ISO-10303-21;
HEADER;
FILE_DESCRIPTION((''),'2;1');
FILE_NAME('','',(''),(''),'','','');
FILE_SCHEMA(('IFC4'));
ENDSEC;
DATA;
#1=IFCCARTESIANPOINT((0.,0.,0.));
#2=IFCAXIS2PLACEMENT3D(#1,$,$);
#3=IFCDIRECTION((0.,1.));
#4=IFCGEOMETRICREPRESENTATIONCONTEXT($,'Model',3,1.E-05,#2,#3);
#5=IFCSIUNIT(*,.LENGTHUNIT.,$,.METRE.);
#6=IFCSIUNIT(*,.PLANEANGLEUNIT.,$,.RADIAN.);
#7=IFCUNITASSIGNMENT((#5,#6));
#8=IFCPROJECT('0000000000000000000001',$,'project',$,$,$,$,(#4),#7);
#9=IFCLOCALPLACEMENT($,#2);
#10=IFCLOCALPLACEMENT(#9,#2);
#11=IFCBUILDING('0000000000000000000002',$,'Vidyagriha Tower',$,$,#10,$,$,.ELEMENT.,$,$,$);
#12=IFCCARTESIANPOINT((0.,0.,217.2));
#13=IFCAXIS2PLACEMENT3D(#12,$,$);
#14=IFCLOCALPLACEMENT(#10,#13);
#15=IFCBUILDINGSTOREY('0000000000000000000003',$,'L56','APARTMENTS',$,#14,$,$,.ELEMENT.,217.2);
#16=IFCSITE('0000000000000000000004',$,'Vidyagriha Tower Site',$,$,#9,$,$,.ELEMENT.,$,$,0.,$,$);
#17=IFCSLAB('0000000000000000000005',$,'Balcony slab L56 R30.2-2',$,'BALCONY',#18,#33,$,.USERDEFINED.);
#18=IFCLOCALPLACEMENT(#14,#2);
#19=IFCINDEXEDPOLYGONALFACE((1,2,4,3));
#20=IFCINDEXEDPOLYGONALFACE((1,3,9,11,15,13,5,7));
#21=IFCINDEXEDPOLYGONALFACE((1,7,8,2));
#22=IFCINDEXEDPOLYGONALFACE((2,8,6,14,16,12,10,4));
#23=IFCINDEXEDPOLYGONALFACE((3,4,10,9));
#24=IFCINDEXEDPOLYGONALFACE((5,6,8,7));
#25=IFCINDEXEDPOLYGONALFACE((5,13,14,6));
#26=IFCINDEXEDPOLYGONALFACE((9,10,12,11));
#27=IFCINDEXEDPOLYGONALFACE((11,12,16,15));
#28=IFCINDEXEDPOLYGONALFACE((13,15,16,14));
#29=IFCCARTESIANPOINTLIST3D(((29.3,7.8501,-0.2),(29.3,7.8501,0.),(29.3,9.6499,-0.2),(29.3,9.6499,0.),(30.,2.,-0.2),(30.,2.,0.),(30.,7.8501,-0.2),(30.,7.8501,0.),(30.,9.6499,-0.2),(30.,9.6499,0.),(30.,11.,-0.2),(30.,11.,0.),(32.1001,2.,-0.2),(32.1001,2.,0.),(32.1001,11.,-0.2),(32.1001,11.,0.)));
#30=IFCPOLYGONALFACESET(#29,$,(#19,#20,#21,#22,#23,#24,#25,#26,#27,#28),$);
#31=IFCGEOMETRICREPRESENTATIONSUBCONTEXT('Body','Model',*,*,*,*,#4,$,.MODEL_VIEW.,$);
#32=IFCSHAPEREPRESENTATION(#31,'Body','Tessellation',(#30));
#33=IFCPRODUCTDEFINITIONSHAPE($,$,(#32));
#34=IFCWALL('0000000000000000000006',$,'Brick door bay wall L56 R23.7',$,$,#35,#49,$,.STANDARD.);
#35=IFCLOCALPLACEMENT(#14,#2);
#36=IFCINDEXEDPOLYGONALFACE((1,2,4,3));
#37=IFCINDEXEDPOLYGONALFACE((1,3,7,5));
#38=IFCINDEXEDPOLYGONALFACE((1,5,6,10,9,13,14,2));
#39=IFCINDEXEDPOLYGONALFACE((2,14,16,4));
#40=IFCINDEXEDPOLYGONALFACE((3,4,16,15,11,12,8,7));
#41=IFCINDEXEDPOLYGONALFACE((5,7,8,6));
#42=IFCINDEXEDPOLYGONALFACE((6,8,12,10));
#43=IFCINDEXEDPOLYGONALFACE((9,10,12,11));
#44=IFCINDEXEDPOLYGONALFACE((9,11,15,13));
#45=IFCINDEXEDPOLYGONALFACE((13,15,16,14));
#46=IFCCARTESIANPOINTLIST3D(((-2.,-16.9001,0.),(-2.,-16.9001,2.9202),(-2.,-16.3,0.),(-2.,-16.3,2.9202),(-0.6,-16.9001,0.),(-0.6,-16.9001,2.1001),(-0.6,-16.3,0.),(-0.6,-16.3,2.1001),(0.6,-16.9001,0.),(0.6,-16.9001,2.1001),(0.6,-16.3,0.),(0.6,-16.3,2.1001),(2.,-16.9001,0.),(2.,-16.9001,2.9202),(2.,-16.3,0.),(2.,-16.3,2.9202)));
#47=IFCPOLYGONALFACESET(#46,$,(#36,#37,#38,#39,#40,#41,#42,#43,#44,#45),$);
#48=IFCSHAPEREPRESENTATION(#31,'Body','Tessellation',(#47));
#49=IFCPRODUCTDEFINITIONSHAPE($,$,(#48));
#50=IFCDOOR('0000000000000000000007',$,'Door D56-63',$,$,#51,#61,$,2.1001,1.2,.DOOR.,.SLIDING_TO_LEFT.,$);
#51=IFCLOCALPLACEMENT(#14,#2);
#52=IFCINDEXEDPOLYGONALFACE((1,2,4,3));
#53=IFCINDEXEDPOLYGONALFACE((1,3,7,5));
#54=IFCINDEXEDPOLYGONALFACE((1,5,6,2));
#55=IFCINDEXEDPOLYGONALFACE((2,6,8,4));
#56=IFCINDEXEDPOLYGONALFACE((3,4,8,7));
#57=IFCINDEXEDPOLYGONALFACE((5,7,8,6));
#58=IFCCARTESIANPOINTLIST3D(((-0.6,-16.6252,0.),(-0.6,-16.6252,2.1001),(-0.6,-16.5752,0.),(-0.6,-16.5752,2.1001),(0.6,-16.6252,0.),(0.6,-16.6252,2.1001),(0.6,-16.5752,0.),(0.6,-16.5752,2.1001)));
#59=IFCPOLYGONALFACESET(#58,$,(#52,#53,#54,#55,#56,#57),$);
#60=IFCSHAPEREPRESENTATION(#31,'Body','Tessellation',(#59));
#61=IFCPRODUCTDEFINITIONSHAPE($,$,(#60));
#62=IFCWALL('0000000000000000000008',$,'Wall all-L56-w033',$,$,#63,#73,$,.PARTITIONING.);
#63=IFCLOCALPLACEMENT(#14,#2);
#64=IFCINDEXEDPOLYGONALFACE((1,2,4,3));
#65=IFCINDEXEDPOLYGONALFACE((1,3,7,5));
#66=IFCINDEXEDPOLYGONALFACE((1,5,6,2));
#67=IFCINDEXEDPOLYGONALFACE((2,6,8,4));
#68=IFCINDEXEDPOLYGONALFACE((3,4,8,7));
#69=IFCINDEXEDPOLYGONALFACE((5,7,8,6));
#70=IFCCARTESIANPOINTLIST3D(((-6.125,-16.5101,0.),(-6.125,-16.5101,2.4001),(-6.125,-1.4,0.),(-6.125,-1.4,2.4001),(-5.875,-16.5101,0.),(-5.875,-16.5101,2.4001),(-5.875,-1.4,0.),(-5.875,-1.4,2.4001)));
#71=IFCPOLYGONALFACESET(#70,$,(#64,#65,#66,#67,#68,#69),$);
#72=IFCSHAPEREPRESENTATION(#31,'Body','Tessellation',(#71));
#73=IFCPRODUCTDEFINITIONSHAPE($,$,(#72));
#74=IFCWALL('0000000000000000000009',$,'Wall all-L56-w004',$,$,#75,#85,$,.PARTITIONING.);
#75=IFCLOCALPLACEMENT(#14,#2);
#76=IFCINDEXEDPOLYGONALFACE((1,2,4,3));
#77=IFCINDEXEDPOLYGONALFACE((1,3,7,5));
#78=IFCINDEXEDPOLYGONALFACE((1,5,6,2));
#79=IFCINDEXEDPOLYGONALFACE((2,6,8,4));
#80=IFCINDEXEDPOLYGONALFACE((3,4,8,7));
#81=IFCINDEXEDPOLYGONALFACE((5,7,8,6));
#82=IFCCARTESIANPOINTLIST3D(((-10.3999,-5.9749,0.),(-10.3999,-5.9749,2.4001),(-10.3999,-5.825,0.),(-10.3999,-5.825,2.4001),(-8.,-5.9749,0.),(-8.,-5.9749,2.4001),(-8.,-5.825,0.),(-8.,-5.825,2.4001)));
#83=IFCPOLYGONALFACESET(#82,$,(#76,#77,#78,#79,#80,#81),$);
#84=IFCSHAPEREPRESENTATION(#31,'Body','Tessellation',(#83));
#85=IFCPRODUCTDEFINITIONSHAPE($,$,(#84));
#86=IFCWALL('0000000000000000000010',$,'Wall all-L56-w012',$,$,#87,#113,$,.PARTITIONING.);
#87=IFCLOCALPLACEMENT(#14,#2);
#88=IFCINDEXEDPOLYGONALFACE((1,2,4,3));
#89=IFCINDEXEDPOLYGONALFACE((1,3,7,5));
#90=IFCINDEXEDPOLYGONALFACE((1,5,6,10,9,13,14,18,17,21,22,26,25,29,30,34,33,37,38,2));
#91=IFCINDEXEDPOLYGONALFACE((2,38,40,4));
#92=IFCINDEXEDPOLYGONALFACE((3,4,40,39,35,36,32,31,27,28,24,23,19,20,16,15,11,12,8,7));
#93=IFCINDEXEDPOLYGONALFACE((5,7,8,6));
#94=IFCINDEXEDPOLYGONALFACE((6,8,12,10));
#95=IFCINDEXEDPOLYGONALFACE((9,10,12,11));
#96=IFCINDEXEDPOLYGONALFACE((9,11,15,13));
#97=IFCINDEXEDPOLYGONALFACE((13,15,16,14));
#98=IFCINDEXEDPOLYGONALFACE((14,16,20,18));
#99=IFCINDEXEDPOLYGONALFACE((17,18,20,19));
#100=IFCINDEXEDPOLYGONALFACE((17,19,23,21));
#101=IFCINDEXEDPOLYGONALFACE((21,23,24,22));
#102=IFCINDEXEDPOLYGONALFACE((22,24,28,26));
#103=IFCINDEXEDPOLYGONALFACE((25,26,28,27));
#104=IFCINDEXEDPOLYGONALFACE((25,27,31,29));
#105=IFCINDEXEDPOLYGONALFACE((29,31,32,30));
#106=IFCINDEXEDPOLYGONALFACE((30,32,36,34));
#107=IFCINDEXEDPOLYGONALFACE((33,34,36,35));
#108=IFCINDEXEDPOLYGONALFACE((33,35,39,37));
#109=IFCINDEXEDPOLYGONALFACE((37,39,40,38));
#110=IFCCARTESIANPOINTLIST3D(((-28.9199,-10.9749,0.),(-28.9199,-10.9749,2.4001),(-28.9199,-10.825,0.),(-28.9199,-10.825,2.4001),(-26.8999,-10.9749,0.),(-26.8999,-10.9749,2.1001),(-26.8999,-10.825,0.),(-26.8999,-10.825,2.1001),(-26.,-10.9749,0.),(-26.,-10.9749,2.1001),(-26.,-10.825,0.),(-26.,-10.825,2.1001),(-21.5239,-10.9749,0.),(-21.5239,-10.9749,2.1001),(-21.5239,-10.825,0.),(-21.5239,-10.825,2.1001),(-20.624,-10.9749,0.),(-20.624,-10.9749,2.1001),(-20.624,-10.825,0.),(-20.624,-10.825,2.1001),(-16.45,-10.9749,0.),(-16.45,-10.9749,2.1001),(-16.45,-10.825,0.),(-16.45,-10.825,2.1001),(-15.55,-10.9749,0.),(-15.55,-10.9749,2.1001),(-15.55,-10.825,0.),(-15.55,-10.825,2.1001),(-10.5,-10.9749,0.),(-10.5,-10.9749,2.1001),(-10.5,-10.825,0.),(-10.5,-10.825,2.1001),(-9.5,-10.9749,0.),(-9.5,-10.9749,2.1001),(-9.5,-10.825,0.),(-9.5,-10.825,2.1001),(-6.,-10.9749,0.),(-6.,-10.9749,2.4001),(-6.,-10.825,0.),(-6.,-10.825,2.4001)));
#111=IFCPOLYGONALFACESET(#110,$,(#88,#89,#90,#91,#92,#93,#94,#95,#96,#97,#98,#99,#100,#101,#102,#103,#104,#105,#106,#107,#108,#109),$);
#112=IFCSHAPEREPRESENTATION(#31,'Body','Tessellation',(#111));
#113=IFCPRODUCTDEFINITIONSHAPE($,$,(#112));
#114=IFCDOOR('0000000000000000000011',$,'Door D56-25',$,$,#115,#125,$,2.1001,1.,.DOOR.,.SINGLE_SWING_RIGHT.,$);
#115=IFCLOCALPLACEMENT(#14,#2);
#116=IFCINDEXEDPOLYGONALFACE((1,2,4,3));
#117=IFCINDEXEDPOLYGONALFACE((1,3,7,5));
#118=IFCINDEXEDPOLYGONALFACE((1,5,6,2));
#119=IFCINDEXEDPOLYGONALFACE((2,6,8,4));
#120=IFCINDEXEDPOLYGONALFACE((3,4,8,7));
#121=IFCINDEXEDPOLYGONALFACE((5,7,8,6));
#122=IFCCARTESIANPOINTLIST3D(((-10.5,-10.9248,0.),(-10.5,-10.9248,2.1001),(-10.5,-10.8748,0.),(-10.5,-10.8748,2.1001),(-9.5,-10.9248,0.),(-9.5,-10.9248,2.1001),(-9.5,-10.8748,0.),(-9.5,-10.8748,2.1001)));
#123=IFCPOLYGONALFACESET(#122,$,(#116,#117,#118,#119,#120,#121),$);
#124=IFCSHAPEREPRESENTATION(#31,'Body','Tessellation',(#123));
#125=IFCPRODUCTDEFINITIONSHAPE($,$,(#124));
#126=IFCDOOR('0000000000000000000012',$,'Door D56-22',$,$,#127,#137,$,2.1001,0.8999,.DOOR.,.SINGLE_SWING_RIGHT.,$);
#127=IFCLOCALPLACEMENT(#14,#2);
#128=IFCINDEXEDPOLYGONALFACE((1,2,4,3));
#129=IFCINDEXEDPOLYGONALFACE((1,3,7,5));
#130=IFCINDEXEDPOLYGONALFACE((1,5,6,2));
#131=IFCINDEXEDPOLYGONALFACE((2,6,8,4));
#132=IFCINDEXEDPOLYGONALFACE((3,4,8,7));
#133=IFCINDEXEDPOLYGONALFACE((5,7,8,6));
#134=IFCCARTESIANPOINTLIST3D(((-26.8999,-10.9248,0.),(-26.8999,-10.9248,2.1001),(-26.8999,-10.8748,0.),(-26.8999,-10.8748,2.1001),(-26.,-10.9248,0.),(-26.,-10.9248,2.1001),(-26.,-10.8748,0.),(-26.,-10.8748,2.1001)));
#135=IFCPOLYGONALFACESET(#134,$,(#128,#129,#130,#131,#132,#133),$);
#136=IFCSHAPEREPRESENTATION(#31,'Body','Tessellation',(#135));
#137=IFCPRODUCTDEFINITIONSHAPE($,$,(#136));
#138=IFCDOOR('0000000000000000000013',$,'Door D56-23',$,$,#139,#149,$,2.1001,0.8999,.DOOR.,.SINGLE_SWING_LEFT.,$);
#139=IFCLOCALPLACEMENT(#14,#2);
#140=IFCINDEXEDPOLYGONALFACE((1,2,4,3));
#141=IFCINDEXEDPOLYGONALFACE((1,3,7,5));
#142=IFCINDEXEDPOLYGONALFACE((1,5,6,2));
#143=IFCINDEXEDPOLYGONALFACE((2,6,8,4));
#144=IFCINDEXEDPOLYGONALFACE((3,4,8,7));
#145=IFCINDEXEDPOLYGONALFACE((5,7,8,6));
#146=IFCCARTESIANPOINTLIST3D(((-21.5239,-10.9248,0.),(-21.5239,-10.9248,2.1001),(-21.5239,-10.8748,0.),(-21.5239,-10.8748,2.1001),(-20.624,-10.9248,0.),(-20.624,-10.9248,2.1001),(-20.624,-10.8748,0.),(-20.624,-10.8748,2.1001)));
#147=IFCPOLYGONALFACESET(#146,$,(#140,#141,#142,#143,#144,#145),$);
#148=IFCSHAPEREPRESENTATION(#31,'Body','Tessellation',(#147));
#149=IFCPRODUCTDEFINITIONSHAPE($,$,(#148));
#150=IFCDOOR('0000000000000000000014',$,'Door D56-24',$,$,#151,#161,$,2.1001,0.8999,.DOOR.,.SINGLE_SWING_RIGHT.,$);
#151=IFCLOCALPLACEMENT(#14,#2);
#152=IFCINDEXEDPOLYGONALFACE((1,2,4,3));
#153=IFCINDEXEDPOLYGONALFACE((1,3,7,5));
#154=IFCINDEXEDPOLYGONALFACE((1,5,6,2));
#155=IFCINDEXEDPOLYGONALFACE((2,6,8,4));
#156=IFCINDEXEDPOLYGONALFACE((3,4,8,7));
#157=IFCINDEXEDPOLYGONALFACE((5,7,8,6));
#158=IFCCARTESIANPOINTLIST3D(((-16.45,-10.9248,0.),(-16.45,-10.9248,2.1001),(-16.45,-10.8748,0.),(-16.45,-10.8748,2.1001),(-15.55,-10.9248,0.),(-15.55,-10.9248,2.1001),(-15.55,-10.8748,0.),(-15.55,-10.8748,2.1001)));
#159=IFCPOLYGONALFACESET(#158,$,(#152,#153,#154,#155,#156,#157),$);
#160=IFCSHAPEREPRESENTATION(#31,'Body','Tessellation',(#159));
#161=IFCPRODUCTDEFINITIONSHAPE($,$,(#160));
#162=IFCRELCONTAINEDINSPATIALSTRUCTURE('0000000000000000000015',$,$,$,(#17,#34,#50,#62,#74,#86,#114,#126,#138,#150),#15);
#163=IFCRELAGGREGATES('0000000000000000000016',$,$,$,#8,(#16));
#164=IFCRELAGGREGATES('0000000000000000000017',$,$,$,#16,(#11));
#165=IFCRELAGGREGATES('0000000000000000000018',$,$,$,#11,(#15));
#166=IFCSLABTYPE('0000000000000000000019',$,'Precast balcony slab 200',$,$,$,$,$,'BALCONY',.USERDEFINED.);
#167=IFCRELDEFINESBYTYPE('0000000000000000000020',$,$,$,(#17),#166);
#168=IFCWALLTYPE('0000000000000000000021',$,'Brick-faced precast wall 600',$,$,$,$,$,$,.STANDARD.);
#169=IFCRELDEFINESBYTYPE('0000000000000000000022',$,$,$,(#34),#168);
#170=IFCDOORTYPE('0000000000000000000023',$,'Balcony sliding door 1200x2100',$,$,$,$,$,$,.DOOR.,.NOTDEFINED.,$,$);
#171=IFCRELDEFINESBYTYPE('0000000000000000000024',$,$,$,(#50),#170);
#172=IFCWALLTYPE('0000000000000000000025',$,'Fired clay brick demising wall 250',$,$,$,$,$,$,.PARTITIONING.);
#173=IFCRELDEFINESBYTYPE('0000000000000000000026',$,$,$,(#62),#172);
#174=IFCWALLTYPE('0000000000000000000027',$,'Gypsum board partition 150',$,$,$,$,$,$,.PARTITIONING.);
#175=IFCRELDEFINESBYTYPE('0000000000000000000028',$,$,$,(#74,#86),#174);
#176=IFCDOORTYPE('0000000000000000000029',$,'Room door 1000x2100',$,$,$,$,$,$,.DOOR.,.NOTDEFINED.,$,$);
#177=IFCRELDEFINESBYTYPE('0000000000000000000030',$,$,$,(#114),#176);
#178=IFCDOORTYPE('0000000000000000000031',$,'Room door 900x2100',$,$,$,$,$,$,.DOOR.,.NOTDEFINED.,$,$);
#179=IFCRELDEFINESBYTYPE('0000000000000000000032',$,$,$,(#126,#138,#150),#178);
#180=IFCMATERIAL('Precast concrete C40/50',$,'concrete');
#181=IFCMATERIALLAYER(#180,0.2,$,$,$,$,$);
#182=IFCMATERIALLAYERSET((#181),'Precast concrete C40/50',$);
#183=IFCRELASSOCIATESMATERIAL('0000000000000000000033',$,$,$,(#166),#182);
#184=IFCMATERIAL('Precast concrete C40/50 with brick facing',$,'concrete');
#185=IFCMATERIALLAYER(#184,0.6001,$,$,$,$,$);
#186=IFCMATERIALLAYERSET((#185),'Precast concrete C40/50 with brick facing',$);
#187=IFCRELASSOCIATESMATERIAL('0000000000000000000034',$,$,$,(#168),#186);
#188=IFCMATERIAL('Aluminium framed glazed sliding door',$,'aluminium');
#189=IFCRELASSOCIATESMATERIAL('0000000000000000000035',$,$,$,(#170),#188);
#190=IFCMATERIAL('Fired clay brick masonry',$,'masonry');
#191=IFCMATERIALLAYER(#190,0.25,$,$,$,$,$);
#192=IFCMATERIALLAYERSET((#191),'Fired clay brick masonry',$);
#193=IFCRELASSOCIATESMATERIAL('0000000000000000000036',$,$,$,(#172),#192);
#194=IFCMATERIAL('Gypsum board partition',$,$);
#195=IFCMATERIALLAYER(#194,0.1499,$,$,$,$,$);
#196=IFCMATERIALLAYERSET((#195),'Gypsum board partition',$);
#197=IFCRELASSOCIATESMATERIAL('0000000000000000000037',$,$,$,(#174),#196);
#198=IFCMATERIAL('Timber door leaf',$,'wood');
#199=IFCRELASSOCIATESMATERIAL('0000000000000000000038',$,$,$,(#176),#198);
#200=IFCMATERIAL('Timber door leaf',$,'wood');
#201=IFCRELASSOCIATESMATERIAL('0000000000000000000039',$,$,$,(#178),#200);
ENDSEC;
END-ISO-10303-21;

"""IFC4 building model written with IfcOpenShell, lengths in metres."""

from ifc_helpers import new_model, si_unit, direction, frame, frame_2d, origin, place, context, subcontext, project, spatial, polyline, rectangle, outline, extrude, material, layer, layer_set, type_object, element, fill, save


model = new_model("IFC4")

# Units and contexts
model_context = context("Model", 3, precision=1e-05, world=origin(), true_north=direction((0.0, 1.0)))
body_context = subcontext(model_context, "Body", "Model", "MODEL_VIEW")
ifc_project = project(units=[si_unit("LENGTHUNIT", "METRE"), si_unit("PLANEANGLEUNIT", "RADIAN")], contexts=[model_context])

# Site, building, storey
site_placement = place(None, origin())
site = spatial("IfcSite", under=ifc_project, at=site_placement, Name="Vidyagriha Tower Site", CompositionType="ELEMENT", RefElevation=0.0)
building_placement = place(site_placement, origin())
building = spatial("IfcBuilding", under=site, at=building_placement, Name="Vidyagriha Tower", CompositionType="ELEMENT")
storey_placement = place(building_placement, frame((0.0, 0.0, 217.2)))
storey = spatial("IfcBuildingStorey", under=building, at=storey_placement, Name="L56", Description="APARTMENTS", CompositionType="ELEMENT", Elevation=217.2)

# Slab
ifc_material_1 = material(Name="Precast concrete C40/50", Category="concrete")
ifc_layer_1 = layer(ifc_material_1, 0.2)
ifc_layer_set_1 = layer_set([ifc_layer_1], Name="Precast concrete C40/50")
slab_type_1 = type_object("IfcSlabType", Name="Precast balcony slab 200", ElementType="BALCONY", PredefinedType="USERDEFINED", material=ifc_layer_set_1)
slab_1_placement = place(storey_placement, frame((0.0, 0.0, -0.2)))
element("IfcSlab", 1, at=slab_1_placement, inside=storey, type_object=slab_type_1, Name="Balcony slab L56 R30.2-2", ObjectType="BALCONY", PredefinedType="USERDEFINED", context=body_context, shape_type="SweptSolid", body=[
    extrude(outline(polyline([(30.0, 7.8501), (30.0, 2.0), (32.1001, 2.0), (32.1001, 11.0), (30.0, 11.0), (30.0, 9.6499), (29.3, 9.6499), (29.3, 7.8501), (30.0, 7.8501)])), origin(), (0.0, 0.0, 1.0), 0.2),
])

# Wall, opening, door
ifc_material_2 = material(Name="Precast concrete C40/50 with brick facing", Category="concrete")
ifc_layer_2 = layer(ifc_material_2, 0.6001)
ifc_layer_set_2 = layer_set([ifc_layer_2], Name="Precast concrete C40/50 with brick facing")
wall_type_1 = type_object("IfcWallType", Name="Brick-faced precast wall 600", PredefinedType="STANDARD", material=ifc_layer_set_2)
wall_1_placement = place(storey_placement, frame((-2.0, -16.6001, 0.0)))
wall_1 = element("IfcWall", 2, at=wall_1_placement, inside=storey, type_object=wall_type_1, Name="Brick door bay wall L56 R23.7", PredefinedType="STANDARD", context=body_context, shape_type="SweptSolid", body=[
    extrude(rectangle(XDim=4.0, YDim=0.6001, at=frame_2d((2.0, 0.0))), origin(), (0.0, 0.0, 1.0), 2.9202),
])
opening_1_placement = place(wall_1_placement, frame((1.3999, 0.0, 0.0)))
opening_1 = element("IfcOpeningElement", 3, at=opening_1_placement, cuts=wall_1, PredefinedType="OPENING", context=body_context, shape_type="SweptSolid", body=[
    extrude(rectangle(XDim=1.2, YDim=2.1001, at=frame_2d((0.6001, 1.05))), frame((0.0, 0.3101, 0.0), z_axis=(0.0, -1.0, 0.0), x_axis=(1.0, 0.0, 0.0)), (0.0, 0.0, 1.0), 0.6201),
])
ifc_material_3 = material(Name="Aluminium framed glazed sliding door", Category="aluminium")
door_type_1 = type_object("IfcDoorType", Name="Balcony sliding door 1200x2100", OperationType="NOTDEFINED", PredefinedType="DOOR", material=ifc_material_3)
door_1_placement = place(opening_1_placement, origin())
door_1 = element("IfcDoor", 4, at=door_1_placement, inside=storey, type_object=door_type_1, Name="Door D56-63", OperationType="SLIDING_TO_LEFT", OverallHeight=2.1001, OverallWidth=1.2, PredefinedType="DOOR", context=body_context, shape_type="SweptSolid", body=[
    extrude(rectangle(XDim=1.2, YDim=2.1001, at=frame_2d((0.6001, 1.05))), frame((0.0, 0.0249, 0.0), z_axis=(0.0, -1.0, 0.0), x_axis=(1.0, 0.0, 0.0)), (0.0, 0.0, 1.0), 0.05),
])
fill(opening_1, door_1)

# Walls
ifc_material_4 = material(Name="Fired clay brick masonry", Category="masonry")
ifc_layer_3 = layer(ifc_material_4, 0.25)
ifc_layer_set_3 = layer_set([ifc_layer_3], Name="Fired clay brick masonry")
wall_type_2 = type_object("IfcWallType", Name="Fired clay brick demising wall 250", PredefinedType="PARTITIONING", material=ifc_layer_set_3)
wall_2_placement = place(storey_placement, frame((-6.0, -1.3999, 0.0), z_axis=(0.0, 0.0, 1.0), x_axis=(0.0, -1.0, 0.0)))
element("IfcWall", 5, at=wall_2_placement, inside=storey, type_object=wall_type_2, Name="Wall all-L56-w033", PredefinedType="PARTITIONING", context=body_context, shape_type="SweptSolid", body=[
    extrude(rectangle(XDim=15.1101, YDim=0.25, at=frame_2d((7.5552, 0.0))), origin(), (0.0, 0.0, 1.0), 2.4001),
])
ifc_material_5 = material(Name="Gypsum board partition")
ifc_layer_4 = layer(ifc_material_5, 0.1499)
ifc_layer_set_4 = layer_set([ifc_layer_4], Name="Gypsum board partition")
wall_type_3 = type_object("IfcWallType", Name="Gypsum board partition 150", PredefinedType="PARTITIONING", material=ifc_layer_set_4)
wall_3_placement = place(storey_placement, frame((-8.0, -5.8999, 0.0), z_axis=(0.0, 0.0, 1.0), x_axis=(-1.0, 0.0, 0.0)))
element("IfcWall", 6, at=wall_3_placement, inside=storey, type_object=wall_type_3, Name="Wall all-L56-w004", PredefinedType="PARTITIONING", context=body_context, shape_type="SweptSolid", body=[
    extrude(rectangle(XDim=2.3999, YDim=0.1499, at=frame_2d((1.2, 0.0))), origin(), (0.0, 0.0, 1.0), 2.4001),
])

# Wall, openings, doors
wall_4_placement = place(storey_placement, frame((-6.0, -10.8999, 0.0), z_axis=(0.0, 0.0, 1.0), x_axis=(-1.0, 0.0, 0.0)))
wall_4 = element("IfcWall", 7, at=wall_4_placement, inside=storey, type_object=wall_type_3, Name="Wall all-L56-w012", PredefinedType="PARTITIONING", context=body_context, shape_type="SweptSolid", body=[
    extrude(rectangle(XDim=22.9199, YDim=0.1499, at=frame_2d((11.46, 0.0))), origin(), (0.0, 0.0, 1.0), 2.4001),
])
opening_2_placement = place(wall_4_placement, frame((20.0, 0.0, 0.0)))
opening_2 = element("IfcOpeningElement", 8, at=opening_2_placement, cuts=wall_4, PredefinedType="OPENING", context=body_context, shape_type="SweptSolid", body=[
    extrude(rectangle(XDim=0.8999, YDim=2.1001, at=frame_2d((0.45, 1.05))), frame((0.0, 0.085, 0.0), z_axis=(0.0, -1.0, 0.0), x_axis=(1.0, 0.0, 0.0)), (0.0, 0.0, 1.0), 0.1699),
])
opening_3_placement = place(wall_4_placement, frame((14.624, 0.0, 0.0)))
opening_3 = element("IfcOpeningElement", 9, at=opening_3_placement, cuts=wall_4, PredefinedType="OPENING", context=body_context, shape_type="SweptSolid", body=[
    extrude(rectangle(XDim=0.8999, YDim=2.1001, at=frame_2d((0.45, 1.05))), frame((0.0, 0.085, 0.0), z_axis=(0.0, -1.0, 0.0), x_axis=(1.0, 0.0, 0.0)), (0.0, 0.0, 1.0), 0.1699),
])
opening_4_placement = place(wall_4_placement, frame((9.55, 0.0, 0.0)))
opening_4 = element("IfcOpeningElement", 10, at=opening_4_placement, cuts=wall_4, PredefinedType="OPENING", context=body_context, shape_type="SweptSolid", body=[
    extrude(rectangle(XDim=0.8999, YDim=2.1001, at=frame_2d((0.45, 1.05))), frame((0.0, 0.085, 0.0), z_axis=(0.0, -1.0, 0.0), x_axis=(1.0, 0.0, 0.0)), (0.0, 0.0, 1.0), 0.1699),
])
opening_5_placement = place(wall_4_placement, frame((3.5, 0.0, 0.0)))
opening_5 = element("IfcOpeningElement", 11, at=opening_5_placement, cuts=wall_4, PredefinedType="OPENING", context=body_context, shape_type="SweptSolid", body=[
    extrude(rectangle(XDim=1.0, YDim=2.1001, at=frame_2d((0.5, 1.05))), frame((0.0, 0.085, 0.0), z_axis=(0.0, -1.0, 0.0), x_axis=(1.0, 0.0, 0.0)), (0.0, 0.0, 1.0), 0.1699),
])
ifc_material_6 = material(Name="Timber door leaf", Category="wood")
door_type_2 = type_object("IfcDoorType", Name="Room door 1000x2100", OperationType="NOTDEFINED", PredefinedType="DOOR", material=ifc_material_6)
door_2_placement = place(opening_5_placement, origin())
door_2 = element("IfcDoor", 12, at=door_2_placement, inside=storey, type_object=door_type_2, Name="Door D56-25", OperationType="SINGLE_SWING_RIGHT", OverallHeight=2.1001, OverallWidth=1.0, PredefinedType="DOOR", context=body_context, shape_type="SweptSolid", body=[
    extrude(rectangle(XDim=1.0, YDim=2.1001, at=frame_2d((0.5, 1.05))), frame((0.0, 0.0249, 0.0), z_axis=(0.0, -1.0, 0.0), x_axis=(1.0, 0.0, 0.0)), (0.0, 0.0, 1.0), 0.05),
])
fill(opening_5, door_2)
ifc_material_7 = material(Name="Timber door leaf", Category="wood")
door_type_3 = type_object("IfcDoorType", Name="Room door 900x2100", OperationType="NOTDEFINED", PredefinedType="DOOR", material=ifc_material_7)
door_3_placement = place(opening_2_placement, origin())
door_3 = element("IfcDoor", 13, at=door_3_placement, inside=storey, type_object=door_type_3, Name="Door D56-22", OperationType="SINGLE_SWING_RIGHT", OverallHeight=2.1001, OverallWidth=0.8999, PredefinedType="DOOR", context=body_context, shape_type="SweptSolid", body=[
    extrude(rectangle(XDim=0.8999, YDim=2.1001, at=frame_2d((0.45, 1.05))), frame((0.0, 0.0249, 0.0), z_axis=(0.0, -1.0, 0.0), x_axis=(1.0, 0.0, 0.0)), (0.0, 0.0, 1.0), 0.05),
])
fill(opening_2, door_3)
door_4_placement = place(opening_3_placement, origin())
door_4 = element("IfcDoor", 14, at=door_4_placement, inside=storey, type_object=door_type_3, Name="Door D56-23", OperationType="SINGLE_SWING_LEFT", OverallHeight=2.1001, OverallWidth=0.8999, PredefinedType="DOOR", context=body_context, shape_type="SweptSolid", body=[
    extrude(rectangle(XDim=0.8999, YDim=2.1001, at=frame_2d((0.45, 1.05))), frame((0.0, 0.0249, 0.0), z_axis=(0.0, -1.0, 0.0), x_axis=(1.0, 0.0, 0.0)), (0.0, 0.0, 1.0), 0.05),
])
fill(opening_3, door_4)
door_5_placement = place(opening_4_placement, origin())
door_5 = element("IfcDoor", 15, at=door_5_placement, inside=storey, type_object=door_type_3, Name="Door D56-24", OperationType="SINGLE_SWING_RIGHT", OverallHeight=2.1001, OverallWidth=0.8999, PredefinedType="DOOR", context=body_context, shape_type="SweptSolid", body=[
    extrude(rectangle(XDim=0.8999, YDim=2.1001, at=frame_2d((0.45, 1.05))), frame((0.0, 0.0249, 0.0), z_axis=(0.0, -1.0, 0.0), x_axis=(1.0, 0.0, 0.0)), (0.0, 0.0, 1.0), 0.05),
])
fill(opening_4, door_5)

save(model, "model.ifc")
